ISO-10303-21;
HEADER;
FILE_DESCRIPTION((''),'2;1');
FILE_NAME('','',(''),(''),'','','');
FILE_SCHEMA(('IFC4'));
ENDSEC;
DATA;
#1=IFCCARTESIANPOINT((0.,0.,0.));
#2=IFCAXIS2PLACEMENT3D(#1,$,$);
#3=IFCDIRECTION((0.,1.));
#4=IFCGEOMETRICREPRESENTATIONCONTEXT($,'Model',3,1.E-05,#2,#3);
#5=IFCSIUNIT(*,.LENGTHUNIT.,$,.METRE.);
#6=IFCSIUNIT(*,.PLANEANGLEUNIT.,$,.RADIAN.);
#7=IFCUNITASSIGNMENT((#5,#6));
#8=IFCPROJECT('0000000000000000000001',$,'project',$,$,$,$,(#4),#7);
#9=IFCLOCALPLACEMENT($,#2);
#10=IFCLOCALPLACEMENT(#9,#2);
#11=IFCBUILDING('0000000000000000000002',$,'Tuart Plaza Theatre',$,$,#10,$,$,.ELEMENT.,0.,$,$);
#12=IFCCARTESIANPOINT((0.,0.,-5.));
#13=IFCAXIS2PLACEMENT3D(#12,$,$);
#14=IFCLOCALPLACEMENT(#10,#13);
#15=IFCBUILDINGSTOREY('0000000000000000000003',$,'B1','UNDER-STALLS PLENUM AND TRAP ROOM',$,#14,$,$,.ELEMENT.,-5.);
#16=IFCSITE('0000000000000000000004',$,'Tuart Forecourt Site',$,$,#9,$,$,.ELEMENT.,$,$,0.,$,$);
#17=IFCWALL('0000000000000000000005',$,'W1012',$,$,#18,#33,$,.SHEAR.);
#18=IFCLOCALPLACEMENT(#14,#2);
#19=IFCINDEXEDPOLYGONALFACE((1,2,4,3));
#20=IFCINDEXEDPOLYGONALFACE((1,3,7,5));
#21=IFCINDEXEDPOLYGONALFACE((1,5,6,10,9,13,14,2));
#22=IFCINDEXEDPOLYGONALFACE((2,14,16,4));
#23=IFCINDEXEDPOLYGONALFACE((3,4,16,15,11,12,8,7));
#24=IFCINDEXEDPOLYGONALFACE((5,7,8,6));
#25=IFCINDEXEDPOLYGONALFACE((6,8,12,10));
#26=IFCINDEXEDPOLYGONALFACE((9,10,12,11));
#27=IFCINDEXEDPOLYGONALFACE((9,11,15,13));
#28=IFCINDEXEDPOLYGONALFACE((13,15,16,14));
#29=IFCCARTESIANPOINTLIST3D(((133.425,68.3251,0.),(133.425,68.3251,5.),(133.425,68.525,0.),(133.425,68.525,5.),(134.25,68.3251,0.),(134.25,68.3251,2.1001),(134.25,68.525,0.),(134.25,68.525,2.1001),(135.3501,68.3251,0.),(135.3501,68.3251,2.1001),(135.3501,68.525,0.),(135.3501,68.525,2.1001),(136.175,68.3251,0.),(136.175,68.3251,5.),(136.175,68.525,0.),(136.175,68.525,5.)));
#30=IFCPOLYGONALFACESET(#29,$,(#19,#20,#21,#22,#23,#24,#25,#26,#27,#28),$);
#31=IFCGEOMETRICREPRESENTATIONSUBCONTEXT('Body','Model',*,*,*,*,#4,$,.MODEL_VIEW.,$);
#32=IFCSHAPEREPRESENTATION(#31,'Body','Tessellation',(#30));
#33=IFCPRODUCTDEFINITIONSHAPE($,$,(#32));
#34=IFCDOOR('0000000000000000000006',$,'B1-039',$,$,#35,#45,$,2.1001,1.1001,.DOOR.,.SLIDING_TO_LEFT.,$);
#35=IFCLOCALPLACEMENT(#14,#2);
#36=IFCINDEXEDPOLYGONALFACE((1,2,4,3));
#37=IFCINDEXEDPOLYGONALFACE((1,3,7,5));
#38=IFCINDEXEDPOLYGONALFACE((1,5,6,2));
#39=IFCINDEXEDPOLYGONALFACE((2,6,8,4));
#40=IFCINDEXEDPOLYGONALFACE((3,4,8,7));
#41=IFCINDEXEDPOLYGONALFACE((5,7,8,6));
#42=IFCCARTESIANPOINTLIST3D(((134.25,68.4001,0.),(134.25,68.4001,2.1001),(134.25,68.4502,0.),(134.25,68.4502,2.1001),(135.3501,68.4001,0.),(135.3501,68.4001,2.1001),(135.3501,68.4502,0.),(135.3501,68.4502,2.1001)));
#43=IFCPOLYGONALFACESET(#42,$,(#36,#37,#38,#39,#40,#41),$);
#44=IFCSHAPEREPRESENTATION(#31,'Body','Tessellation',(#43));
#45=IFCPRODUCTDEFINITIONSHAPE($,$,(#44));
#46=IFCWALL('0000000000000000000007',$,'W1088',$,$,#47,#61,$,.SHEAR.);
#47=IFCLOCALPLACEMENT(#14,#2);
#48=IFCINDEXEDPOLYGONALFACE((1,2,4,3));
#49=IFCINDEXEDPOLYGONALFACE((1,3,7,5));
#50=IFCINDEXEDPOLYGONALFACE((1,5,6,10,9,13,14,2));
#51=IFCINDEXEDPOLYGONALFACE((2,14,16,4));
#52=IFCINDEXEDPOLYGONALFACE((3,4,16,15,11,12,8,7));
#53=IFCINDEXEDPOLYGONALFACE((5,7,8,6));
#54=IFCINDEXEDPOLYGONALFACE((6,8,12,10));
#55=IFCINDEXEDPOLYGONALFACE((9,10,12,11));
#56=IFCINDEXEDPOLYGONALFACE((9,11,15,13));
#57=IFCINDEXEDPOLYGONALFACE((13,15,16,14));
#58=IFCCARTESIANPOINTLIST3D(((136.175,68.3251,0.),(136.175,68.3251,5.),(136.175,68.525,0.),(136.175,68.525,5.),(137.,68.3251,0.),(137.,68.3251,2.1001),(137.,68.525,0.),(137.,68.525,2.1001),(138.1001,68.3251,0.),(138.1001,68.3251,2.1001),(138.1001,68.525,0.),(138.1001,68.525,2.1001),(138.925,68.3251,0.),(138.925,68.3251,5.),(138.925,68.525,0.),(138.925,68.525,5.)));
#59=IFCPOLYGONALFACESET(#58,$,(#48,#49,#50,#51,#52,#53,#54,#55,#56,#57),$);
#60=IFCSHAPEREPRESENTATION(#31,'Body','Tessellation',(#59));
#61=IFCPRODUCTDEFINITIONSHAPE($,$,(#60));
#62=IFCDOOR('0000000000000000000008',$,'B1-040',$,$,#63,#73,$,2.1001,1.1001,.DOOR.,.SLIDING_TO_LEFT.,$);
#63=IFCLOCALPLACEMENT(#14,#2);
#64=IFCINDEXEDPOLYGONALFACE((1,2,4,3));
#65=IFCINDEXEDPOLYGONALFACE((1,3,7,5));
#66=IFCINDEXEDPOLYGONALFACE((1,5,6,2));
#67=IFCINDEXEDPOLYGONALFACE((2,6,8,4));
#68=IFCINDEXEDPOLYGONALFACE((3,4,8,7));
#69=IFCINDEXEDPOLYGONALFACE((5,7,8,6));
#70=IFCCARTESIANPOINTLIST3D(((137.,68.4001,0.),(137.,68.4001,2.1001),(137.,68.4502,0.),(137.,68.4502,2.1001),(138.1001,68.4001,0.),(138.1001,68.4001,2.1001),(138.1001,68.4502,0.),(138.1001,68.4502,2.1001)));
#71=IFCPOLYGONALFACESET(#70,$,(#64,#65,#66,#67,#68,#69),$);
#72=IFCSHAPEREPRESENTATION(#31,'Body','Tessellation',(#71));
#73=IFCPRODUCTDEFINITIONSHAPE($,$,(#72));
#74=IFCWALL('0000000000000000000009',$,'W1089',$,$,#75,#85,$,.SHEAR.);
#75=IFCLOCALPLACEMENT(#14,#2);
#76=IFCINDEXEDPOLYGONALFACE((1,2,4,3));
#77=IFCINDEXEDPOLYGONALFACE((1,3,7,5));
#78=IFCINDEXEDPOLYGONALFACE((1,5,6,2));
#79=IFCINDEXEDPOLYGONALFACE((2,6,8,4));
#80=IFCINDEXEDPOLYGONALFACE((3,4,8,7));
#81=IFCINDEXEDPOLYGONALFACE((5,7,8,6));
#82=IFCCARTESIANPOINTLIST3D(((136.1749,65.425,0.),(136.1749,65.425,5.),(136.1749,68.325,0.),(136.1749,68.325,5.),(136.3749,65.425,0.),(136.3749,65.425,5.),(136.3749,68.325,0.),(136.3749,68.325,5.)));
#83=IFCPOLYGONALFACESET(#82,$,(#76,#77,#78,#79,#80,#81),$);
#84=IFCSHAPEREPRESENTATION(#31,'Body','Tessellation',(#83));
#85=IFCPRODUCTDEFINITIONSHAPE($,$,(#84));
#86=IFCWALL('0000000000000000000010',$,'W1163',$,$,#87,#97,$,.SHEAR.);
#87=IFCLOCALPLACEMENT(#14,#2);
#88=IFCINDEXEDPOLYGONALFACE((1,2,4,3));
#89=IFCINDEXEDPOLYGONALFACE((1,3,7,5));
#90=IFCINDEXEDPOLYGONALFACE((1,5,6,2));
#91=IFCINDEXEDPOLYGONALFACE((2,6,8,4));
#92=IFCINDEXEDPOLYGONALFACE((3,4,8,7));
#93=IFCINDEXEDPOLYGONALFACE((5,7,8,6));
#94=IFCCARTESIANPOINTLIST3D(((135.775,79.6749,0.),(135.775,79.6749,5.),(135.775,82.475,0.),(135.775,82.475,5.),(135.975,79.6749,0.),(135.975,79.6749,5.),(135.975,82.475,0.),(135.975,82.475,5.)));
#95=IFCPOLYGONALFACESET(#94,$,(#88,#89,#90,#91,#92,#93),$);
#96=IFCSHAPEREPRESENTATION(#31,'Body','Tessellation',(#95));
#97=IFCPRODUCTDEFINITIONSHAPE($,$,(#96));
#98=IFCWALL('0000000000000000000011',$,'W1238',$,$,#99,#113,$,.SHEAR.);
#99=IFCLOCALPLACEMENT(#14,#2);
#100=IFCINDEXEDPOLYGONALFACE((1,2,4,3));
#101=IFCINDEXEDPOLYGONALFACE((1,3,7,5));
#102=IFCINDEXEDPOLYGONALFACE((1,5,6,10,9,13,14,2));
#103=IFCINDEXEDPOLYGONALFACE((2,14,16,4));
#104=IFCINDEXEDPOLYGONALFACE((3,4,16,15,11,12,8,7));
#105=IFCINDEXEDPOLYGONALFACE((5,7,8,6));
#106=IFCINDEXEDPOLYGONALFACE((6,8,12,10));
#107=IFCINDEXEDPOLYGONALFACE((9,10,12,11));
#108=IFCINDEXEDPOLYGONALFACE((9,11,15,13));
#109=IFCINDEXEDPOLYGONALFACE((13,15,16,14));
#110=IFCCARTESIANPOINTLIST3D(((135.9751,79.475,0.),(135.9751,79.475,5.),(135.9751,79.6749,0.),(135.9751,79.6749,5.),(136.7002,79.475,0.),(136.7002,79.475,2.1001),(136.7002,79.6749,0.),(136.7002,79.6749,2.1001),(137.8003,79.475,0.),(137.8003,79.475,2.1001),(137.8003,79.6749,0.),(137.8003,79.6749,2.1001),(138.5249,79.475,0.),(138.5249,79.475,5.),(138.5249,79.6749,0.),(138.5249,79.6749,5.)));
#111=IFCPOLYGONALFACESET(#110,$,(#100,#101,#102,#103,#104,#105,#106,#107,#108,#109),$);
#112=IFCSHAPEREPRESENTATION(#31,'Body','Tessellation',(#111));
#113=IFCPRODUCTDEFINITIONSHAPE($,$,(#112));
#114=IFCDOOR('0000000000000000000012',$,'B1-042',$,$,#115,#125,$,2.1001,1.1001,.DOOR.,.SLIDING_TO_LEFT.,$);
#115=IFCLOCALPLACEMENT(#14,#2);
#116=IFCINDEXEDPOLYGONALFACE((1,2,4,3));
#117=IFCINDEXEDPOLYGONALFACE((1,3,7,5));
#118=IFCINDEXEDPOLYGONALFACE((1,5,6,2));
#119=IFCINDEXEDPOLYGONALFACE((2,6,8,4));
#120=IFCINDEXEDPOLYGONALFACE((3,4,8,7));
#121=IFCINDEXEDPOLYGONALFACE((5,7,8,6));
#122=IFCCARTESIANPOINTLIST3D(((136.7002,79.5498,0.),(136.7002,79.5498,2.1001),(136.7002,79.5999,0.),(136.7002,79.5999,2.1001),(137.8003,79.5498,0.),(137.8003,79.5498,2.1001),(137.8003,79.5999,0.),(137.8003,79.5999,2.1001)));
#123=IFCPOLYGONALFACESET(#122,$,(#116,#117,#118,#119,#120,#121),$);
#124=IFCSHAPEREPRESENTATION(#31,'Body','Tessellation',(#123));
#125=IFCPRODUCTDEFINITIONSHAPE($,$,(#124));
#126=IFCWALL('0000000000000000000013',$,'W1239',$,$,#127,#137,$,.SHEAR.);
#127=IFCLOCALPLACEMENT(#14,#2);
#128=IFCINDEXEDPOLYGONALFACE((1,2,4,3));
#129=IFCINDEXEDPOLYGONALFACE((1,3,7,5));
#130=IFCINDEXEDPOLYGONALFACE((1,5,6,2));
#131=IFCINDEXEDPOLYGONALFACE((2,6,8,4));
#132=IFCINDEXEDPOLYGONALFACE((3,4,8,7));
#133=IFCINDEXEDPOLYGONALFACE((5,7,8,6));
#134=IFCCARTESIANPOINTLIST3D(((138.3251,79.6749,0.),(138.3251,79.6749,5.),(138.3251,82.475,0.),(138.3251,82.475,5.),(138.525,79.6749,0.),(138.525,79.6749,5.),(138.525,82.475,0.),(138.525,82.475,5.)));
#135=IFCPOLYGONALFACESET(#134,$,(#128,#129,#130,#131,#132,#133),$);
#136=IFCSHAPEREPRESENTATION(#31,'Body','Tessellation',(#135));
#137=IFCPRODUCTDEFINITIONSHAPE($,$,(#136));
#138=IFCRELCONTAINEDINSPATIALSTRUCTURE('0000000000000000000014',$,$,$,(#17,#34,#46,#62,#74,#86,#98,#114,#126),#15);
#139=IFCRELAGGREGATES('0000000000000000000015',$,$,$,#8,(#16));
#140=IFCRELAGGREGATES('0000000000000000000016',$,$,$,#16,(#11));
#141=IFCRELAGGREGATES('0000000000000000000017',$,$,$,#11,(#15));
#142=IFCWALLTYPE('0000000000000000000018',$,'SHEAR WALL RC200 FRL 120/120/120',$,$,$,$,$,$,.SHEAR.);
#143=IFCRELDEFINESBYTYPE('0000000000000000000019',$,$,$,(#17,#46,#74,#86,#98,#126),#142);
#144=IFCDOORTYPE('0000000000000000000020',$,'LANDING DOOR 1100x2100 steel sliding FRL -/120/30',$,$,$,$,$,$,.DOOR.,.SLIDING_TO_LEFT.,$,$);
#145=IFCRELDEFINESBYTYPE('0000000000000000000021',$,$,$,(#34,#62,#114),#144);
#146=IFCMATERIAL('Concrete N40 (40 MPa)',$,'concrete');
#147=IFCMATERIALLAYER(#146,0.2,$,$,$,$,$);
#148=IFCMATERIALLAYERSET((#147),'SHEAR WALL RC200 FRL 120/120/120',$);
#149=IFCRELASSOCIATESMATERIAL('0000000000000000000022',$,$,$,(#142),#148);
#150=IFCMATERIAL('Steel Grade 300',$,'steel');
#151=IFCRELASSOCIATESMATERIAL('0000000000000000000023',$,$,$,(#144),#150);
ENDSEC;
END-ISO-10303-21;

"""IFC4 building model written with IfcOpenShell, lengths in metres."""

from ifc_helpers import new_model, si_unit, direction, frame, frame_2d, origin, place, context, subcontext, project, spatial, rectangle, extrude, material, layer, layer_set, type_object, element, fill, save


model = new_model("IFC4")

# Units and contexts
model_context = context("Model", 3, precision=1e-05, world=origin(), true_north=direction((0.0, 1.0)))
body_context = subcontext(model_context, "Body", "Model", "MODEL_VIEW")
ifc_project = project(units=[si_unit("LENGTHUNIT", "METRE"), si_unit("PLANEANGLEUNIT", "RADIAN")], contexts=[model_context])

# Site, building, storey
site_placement = place(None, origin())
site = spatial("IfcSite", under=ifc_project, at=site_placement, Name="Tuart Forecourt Site", CompositionType="ELEMENT", RefElevation=0.0)
building_placement = place(site_placement, origin())
building = spatial("IfcBuilding", under=site, at=building_placement, Name="Tuart Plaza Theatre", CompositionType="ELEMENT", ElevationOfRefHeight=0.0)
storey_placement = place(building_placement, frame((0.0, 0.0, -5.0)))
storey = spatial("IfcBuildingStorey", under=building, at=storey_placement, Name="B1", Description="UNDER-STALLS PLENUM AND TRAP ROOM", CompositionType="ELEMENT", Elevation=-5.0)

# Walls, openings, doors
ifc_material_1 = material(Name="Concrete N40 (40 MPa)", Category="concrete")
ifc_layer_1 = layer(ifc_material_1, 0.2)
ifc_layer_set_1 = layer_set([ifc_layer_1], Name="SHEAR WALL RC200 FRL 120/120/120")
wall_type_1 = type_object("IfcWallType", Name="SHEAR WALL RC200 FRL 120/120/120", PredefinedType="SHEAR", material=ifc_layer_set_1)
wall_1_placement = place(storey_placement, frame((136.175, 68.425, 0.0), z_axis=(0.0, 0.0, 1.0), x_axis=(-1.0, 0.0, 0.0)))
wall_1 = element("IfcWall", 1, at=wall_1_placement, inside=storey, type_object=wall_type_1, Name="W1012", PredefinedType="SHEAR", context=body_context, shape_type="SweptSolid", body=[
    extrude(rectangle(XDim=2.75, YDim=0.2, at=frame_2d((1.375, 0.0))), origin(), (0.0, 0.0, 1.0), 5.0),
])
opening_1_placement = place(wall_1_placement, frame((0.825, 0.0, 0.0)))
opening_1 = element("IfcOpeningElement", 2, at=opening_1_placement, cuts=wall_1, PredefinedType="OPENING", context=body_context, shape_type="SweptSolid", body=[
    extrude(rectangle(XDim=1.1001, YDim=2.1001, at=frame_2d((0.55, 1.05))), frame((0.0, 0.1099, 0.0), z_axis=(0.0, -1.0, 0.0), x_axis=(1.0, 0.0, 0.0)), (0.0, 0.0, 1.0), 0.22),
])
ifc_material_2 = material(Name="Steel Grade 300", Category="steel")
door_type_1 = type_object("IfcDoorType", Name="LANDING DOOR 1100x2100 steel sliding FRL -/120/30", OperationType="SLIDING_TO_LEFT", PredefinedType="DOOR", material=ifc_material_2)
door_1_placement = place(opening_1_placement, origin())
door_1 = element("IfcDoor", 3, at=door_1_placement, inside=storey, type_object=door_type_1, Name="B1-039", OperationType="SLIDING_TO_LEFT", OverallHeight=2.1001, OverallWidth=1.1001, PredefinedType="DOOR", context=body_context, shape_type="SweptSolid", body=[
    extrude(rectangle(XDim=1.1001, YDim=2.1001, at=frame_2d((0.55, 1.05))), frame((0.0, 0.0249, 0.0), z_axis=(0.0, -1.0, 0.0), x_axis=(1.0, 0.0, 0.0)), (0.0, 0.0, 1.0), 0.05),
])
fill(opening_1, door_1)
wall_2_placement = place(storey_placement, frame((138.925, 68.425, 0.0), z_axis=(0.0, 0.0, 1.0), x_axis=(-1.0, 0.0, 0.0)))
wall_2 = element("IfcWall", 4, at=wall_2_placement, inside=storey, type_object=wall_type_1, Name="W1088", PredefinedType="SHEAR", context=body_context, shape_type="SweptSolid", body=[
    extrude(rectangle(XDim=2.75, YDim=0.2, at=frame_2d((1.375, 0.0))), origin(), (0.0, 0.0, 1.0), 5.0),
])
opening_2_placement = place(wall_2_placement, frame((0.825, 0.0, 0.0)))
opening_2 = element("IfcOpeningElement", 5, at=opening_2_placement, cuts=wall_2, PredefinedType="OPENING", context=body_context, shape_type="SweptSolid", body=[
    extrude(rectangle(XDim=1.1001, YDim=2.1001, at=frame_2d((0.55, 1.05))), frame((0.0, 0.1099, 0.0), z_axis=(0.0, -1.0, 0.0), x_axis=(1.0, 0.0, 0.0)), (0.0, 0.0, 1.0), 0.22),
])
door_2_placement = place(opening_2_placement, origin())
door_2 = element("IfcDoor", 6, at=door_2_placement, inside=storey, type_object=door_type_1, Name="B1-040", OperationType="SLIDING_TO_LEFT", OverallHeight=2.1001, OverallWidth=1.1001, PredefinedType="DOOR", context=body_context, shape_type="SweptSolid", body=[
    extrude(rectangle(XDim=1.1001, YDim=2.1001, at=frame_2d((0.55, 1.05))), frame((0.0, 0.0249, 0.0), z_axis=(0.0, -1.0, 0.0), x_axis=(1.0, 0.0, 0.0)), (0.0, 0.0, 1.0), 0.05),
])
fill(opening_2, door_2)

# Walls
wall_3_placement = place(storey_placement, frame((136.2749, 68.325, 0.0), z_axis=(0.0, 0.0, 1.0), x_axis=(0.0, -1.0, 0.0)))
element("IfcWall", 7, at=wall_3_placement, inside=storey, type_object=wall_type_1, Name="W1089", PredefinedType="SHEAR", context=body_context, shape_type="SweptSolid", body=[
    extrude(rectangle(XDim=2.8999, YDim=0.2, at=frame_2d((1.45, 0.0))), origin(), (0.0, 0.0, 1.0), 5.0),
])
wall_4_placement = place(storey_placement, frame((135.875, 79.675, 0.0), z_axis=(0.0, 0.0, 1.0), x_axis=(0.0, 1.0, 0.0)))
element("IfcWall", 8, at=wall_4_placement, inside=storey, type_object=wall_type_1, Name="W1163", PredefinedType="SHEAR", context=body_context, shape_type="SweptSolid", body=[
    extrude(rectangle(XDim=2.8, YDim=0.2, at=frame_2d((1.3999, 0.0))), origin(), (0.0, 0.0, 1.0), 5.0),
])

# Wall, opening, door
wall_5_placement = place(storey_placement, frame((135.9751, 79.575, 0.0), z_axis=(0.0, 0.0, 1.0), x_axis=(1.0, 0.0, 0.0)))
wall_5 = element("IfcWall", 9, at=wall_5_placement, inside=storey, type_object=wall_type_1, Name="W1238", PredefinedType="SHEAR", context=body_context, shape_type="SweptSolid", body=[
    extrude(rectangle(XDim=2.5498, YDim=0.2, at=frame_2d((1.2749, 0.0))), origin(), (0.0, 0.0, 1.0), 5.0),
])
opening_3_placement = place(wall_5_placement, frame((0.7251, 0.0, 0.0)))
opening_3 = element("IfcOpeningElement", 10, at=opening_3_placement, cuts=wall_5, PredefinedType="OPENING", context=body_context, shape_type="SweptSolid", body=[
    extrude(rectangle(XDim=1.1001, YDim=2.1001, at=frame_2d((0.55, 1.05))), frame((0.0, 0.1099, 0.0), z_axis=(0.0, -1.0, 0.0), x_axis=(1.0, 0.0, 0.0)), (0.0, 0.0, 1.0), 0.22),
])
door_3_placement = place(opening_3_placement, origin())
door_3 = element("IfcDoor", 11, at=door_3_placement, inside=storey, type_object=door_type_1, Name="B1-042", OperationType="SLIDING_TO_LEFT", OverallHeight=2.1001, OverallWidth=1.1001, PredefinedType="DOOR", context=body_context, shape_type="SweptSolid", body=[
    extrude(rectangle(XDim=1.1001, YDim=2.1001, at=frame_2d((0.55, 1.05))), frame((0.0, 0.0249, 0.0), z_axis=(0.0, -1.0, 0.0), x_axis=(1.0, 0.0, 0.0)), (0.0, 0.0, 1.0), 0.05),
])
fill(opening_3, door_3)

# Wall
wall_6_placement = place(storey_placement, frame((138.425, 79.675, 0.0), z_axis=(0.0, 0.0, 1.0), x_axis=(0.0, 1.0, 0.0)))
element("IfcWall", 12, at=wall_6_placement, inside=storey, type_object=wall_type_1, Name="W1239", PredefinedType="SHEAR", context=body_context, shape_type="SweptSolid", body=[
    extrude(rectangle(XDim=2.8, YDim=0.2, at=frame_2d((1.3999, 0.0))), origin(), (0.0, 0.0, 1.0), 5.0),
])

save(model, "model.ifc")
